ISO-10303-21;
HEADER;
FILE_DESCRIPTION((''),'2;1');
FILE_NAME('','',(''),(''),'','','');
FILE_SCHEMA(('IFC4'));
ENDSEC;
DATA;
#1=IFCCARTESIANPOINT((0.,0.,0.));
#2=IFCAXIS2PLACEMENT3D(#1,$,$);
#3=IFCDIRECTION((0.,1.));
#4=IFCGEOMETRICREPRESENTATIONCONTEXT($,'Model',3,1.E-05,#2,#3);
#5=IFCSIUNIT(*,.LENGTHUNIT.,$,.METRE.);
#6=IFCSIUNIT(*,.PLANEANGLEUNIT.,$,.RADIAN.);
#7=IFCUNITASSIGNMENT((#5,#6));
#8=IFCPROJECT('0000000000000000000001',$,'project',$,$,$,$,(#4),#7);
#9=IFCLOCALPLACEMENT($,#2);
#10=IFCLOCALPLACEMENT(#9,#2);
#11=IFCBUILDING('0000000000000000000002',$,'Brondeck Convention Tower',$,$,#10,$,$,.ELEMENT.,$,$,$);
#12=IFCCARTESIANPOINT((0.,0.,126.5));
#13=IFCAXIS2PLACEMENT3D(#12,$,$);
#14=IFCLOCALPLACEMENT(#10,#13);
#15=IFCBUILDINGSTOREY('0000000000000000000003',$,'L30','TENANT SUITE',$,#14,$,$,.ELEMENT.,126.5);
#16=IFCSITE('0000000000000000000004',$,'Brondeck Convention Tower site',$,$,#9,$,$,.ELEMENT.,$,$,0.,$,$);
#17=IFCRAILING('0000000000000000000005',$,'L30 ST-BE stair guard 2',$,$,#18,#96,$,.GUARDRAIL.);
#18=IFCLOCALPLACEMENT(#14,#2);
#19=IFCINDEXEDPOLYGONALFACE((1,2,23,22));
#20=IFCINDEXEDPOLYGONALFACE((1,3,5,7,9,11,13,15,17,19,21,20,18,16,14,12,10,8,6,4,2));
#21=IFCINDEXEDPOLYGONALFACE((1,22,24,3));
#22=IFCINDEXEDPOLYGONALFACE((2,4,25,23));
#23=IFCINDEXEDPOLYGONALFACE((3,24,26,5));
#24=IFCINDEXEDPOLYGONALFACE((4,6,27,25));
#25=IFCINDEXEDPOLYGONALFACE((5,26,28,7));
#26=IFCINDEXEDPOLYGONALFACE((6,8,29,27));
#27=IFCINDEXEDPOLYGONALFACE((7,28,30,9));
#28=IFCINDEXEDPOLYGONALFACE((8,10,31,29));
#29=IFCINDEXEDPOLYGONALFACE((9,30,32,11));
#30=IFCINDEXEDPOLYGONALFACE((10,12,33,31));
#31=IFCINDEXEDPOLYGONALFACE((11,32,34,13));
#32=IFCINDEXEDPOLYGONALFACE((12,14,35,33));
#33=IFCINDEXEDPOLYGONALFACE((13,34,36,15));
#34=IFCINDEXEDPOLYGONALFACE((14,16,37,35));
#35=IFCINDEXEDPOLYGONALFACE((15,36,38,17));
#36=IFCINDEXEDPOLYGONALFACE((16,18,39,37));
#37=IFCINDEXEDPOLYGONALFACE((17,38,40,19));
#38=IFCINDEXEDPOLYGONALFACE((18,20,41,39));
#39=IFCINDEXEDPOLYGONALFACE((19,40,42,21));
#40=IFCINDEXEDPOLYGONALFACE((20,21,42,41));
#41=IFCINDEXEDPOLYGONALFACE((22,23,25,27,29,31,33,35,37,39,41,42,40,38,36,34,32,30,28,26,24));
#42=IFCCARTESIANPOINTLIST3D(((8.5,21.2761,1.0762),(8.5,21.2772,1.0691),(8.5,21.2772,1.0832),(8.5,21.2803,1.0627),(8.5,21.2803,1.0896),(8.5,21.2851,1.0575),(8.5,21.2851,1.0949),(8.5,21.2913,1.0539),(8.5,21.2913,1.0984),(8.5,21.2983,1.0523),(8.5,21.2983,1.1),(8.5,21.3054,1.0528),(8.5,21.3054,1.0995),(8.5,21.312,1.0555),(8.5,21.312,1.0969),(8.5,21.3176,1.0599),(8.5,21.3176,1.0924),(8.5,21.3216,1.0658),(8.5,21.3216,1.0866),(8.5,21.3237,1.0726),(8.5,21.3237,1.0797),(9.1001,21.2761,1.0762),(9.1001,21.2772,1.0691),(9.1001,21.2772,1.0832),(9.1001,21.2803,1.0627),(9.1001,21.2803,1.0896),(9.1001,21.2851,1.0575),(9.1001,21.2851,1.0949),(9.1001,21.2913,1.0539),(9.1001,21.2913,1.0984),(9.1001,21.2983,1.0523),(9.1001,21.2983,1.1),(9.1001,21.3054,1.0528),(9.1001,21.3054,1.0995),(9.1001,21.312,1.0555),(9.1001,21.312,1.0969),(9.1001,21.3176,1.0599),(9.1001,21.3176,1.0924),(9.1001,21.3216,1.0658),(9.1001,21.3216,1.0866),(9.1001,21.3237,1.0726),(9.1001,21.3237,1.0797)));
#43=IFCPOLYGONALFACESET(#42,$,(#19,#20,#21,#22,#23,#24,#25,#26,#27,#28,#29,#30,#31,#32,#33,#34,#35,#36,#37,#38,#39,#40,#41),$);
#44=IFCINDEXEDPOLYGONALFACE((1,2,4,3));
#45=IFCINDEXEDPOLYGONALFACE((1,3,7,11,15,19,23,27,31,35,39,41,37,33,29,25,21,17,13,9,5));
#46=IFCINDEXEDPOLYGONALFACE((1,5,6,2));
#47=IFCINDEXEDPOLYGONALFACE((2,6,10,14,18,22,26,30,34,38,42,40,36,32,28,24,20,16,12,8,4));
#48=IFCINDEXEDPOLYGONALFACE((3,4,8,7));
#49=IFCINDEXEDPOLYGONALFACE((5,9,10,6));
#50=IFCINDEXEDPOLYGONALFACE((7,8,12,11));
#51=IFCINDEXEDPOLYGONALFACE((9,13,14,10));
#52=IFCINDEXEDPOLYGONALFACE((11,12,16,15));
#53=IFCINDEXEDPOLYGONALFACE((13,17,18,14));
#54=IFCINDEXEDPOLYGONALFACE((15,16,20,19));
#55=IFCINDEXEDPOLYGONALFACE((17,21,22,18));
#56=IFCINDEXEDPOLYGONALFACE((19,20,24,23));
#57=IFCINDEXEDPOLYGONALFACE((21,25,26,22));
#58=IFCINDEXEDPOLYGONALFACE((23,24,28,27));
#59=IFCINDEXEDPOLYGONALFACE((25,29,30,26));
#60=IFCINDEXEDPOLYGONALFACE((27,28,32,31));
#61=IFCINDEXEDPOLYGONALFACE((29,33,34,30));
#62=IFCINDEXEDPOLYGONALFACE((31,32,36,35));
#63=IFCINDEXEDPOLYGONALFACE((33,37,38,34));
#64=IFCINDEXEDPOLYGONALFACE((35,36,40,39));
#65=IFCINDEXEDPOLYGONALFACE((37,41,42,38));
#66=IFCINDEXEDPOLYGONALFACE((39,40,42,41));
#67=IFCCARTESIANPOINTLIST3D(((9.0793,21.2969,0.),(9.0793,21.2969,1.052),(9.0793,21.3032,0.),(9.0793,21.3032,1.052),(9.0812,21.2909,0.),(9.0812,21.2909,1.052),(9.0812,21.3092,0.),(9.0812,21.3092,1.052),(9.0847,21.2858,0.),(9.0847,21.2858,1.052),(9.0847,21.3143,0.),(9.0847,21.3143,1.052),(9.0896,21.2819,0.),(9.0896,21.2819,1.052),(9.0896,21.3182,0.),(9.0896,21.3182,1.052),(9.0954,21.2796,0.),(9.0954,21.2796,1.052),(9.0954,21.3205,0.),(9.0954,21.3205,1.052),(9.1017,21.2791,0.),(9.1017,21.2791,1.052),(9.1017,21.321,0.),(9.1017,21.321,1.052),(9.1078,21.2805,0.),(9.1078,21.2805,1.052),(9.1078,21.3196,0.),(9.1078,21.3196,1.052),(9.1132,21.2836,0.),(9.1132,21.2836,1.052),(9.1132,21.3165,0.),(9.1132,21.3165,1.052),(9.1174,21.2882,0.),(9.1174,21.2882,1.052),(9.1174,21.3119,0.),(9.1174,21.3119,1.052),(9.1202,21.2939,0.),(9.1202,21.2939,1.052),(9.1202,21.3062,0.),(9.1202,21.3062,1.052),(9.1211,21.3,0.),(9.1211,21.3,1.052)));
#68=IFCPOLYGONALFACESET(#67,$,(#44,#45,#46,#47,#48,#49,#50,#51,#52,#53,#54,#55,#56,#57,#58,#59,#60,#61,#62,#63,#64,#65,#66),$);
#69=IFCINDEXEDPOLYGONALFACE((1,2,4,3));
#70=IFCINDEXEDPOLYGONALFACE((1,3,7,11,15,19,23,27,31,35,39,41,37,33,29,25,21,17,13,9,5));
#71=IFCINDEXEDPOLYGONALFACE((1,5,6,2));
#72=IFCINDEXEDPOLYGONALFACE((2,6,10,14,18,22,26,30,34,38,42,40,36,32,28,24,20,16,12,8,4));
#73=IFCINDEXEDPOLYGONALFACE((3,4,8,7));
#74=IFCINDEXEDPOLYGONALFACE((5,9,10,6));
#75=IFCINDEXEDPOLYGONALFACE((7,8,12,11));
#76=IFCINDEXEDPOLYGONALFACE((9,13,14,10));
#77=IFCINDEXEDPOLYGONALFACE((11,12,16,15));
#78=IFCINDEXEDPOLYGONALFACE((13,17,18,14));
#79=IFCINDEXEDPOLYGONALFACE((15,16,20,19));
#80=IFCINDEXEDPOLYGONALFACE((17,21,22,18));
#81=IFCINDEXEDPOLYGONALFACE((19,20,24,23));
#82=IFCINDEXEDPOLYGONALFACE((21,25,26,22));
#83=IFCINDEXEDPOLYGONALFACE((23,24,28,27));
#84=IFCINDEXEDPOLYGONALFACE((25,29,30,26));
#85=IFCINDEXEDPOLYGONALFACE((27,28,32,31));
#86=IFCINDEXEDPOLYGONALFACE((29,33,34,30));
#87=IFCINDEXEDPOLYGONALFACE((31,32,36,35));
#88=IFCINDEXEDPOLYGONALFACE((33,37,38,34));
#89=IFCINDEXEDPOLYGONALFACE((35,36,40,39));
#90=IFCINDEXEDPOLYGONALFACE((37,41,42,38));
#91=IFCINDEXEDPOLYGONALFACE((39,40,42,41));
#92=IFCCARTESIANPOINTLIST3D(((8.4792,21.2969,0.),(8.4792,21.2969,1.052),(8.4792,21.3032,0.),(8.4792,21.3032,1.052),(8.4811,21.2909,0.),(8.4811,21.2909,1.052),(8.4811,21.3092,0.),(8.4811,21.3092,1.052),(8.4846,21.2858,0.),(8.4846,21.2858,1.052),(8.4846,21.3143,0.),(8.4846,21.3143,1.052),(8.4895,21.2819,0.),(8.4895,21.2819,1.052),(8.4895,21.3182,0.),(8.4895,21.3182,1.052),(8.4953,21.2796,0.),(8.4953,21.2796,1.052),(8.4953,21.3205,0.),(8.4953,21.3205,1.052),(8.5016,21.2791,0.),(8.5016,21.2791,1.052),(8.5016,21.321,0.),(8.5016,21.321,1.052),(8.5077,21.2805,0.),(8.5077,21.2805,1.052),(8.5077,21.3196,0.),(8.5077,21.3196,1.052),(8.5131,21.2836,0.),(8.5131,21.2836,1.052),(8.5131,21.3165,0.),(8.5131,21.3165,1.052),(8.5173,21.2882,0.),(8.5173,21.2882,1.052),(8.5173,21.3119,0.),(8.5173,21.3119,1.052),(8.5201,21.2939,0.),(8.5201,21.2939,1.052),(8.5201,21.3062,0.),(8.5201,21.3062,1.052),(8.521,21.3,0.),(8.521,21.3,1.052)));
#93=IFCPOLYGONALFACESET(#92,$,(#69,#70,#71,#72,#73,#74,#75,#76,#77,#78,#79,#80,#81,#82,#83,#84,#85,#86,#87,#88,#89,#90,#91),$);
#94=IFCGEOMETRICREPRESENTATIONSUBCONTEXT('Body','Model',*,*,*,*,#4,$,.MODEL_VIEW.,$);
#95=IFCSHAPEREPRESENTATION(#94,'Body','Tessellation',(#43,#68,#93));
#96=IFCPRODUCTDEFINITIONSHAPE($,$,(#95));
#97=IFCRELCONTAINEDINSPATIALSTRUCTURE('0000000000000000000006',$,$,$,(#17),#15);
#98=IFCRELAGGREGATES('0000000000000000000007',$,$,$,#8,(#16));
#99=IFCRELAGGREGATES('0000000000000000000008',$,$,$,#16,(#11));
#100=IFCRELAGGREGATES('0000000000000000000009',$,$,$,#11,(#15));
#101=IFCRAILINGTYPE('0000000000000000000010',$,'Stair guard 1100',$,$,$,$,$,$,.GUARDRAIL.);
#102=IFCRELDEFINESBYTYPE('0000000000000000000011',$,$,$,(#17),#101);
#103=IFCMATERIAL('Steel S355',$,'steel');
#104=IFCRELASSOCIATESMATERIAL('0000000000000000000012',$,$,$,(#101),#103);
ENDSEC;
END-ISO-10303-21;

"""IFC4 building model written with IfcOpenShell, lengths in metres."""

from ifc_helpers import new_model, si_unit, direction, frame, origin, origin_2d, place, context, subcontext, project, spatial, circle, extrude, material, type_object, element, save


model = new_model("IFC4")

# Units and contexts
model_context = context("Model", 3, precision=1e-05, world=origin(), true_north=direction((0.0, 1.0)))
body_context = subcontext(model_context, "Body", "Model", "MODEL_VIEW")
ifc_project = project(units=[si_unit("LENGTHUNIT", "METRE"), si_unit("PLANEANGLEUNIT", "RADIAN")], contexts=[model_context])

# Site, building, storey
site_placement = place(None, origin())
site = spatial("IfcSite", under=ifc_project, at=site_placement, Name="Brondeck Convention Tower site", CompositionType="ELEMENT", RefElevation=0.0)
building_placement = place(site_placement, origin())
building = spatial("IfcBuilding", under=site, at=building_placement, Name="Brondeck Convention Tower", CompositionType="ELEMENT")
storey_placement = place(building_placement, frame((0.0, 0.0, 126.5)))
storey = spatial("IfcBuildingStorey", under=building, at=storey_placement, Name="L30", Description="TENANT SUITE", CompositionType="ELEMENT", Elevation=126.5)

# Shared definitions
ifc_material_1 = material(Name="Steel S355", Category="steel")

# Railing
railing_type_1 = type_object("IfcRailingType", Name="Stair guard 1100", PredefinedType="GUARDRAIL", material=ifc_material_1)
railing_1_placement = place(storey_placement, frame((9.1001, 21.3, 0.0)))
element("IfcRailing", 1, at=railing_1_placement, inside=storey, type_object=railing_type_1, Name="L30 ST-BE stair guard 2", PredefinedType="GUARDRAIL", context=body_context, shape_type="SweptSolid", body=[
    extrude(circle(Radius=0.0239, at=origin_2d()), frame((0.0, 0.0, 1.0762), z_axis=(-1.0, 0.0, 0.0), x_axis=(0.0, -1.0, 0.0)), (0.0, 0.0, 1.0), 0.6001),
    extrude(circle(Radius=0.021, at=origin_2d()), origin(), (0.0, 0.0, 1.0), 1.052),
    extrude(circle(Radius=0.021, at=origin_2d()), frame((-0.6001, 0.0, 0.0)), (0.0, 0.0, 1.0), 1.052),
])

save(model, "model.ifc")
